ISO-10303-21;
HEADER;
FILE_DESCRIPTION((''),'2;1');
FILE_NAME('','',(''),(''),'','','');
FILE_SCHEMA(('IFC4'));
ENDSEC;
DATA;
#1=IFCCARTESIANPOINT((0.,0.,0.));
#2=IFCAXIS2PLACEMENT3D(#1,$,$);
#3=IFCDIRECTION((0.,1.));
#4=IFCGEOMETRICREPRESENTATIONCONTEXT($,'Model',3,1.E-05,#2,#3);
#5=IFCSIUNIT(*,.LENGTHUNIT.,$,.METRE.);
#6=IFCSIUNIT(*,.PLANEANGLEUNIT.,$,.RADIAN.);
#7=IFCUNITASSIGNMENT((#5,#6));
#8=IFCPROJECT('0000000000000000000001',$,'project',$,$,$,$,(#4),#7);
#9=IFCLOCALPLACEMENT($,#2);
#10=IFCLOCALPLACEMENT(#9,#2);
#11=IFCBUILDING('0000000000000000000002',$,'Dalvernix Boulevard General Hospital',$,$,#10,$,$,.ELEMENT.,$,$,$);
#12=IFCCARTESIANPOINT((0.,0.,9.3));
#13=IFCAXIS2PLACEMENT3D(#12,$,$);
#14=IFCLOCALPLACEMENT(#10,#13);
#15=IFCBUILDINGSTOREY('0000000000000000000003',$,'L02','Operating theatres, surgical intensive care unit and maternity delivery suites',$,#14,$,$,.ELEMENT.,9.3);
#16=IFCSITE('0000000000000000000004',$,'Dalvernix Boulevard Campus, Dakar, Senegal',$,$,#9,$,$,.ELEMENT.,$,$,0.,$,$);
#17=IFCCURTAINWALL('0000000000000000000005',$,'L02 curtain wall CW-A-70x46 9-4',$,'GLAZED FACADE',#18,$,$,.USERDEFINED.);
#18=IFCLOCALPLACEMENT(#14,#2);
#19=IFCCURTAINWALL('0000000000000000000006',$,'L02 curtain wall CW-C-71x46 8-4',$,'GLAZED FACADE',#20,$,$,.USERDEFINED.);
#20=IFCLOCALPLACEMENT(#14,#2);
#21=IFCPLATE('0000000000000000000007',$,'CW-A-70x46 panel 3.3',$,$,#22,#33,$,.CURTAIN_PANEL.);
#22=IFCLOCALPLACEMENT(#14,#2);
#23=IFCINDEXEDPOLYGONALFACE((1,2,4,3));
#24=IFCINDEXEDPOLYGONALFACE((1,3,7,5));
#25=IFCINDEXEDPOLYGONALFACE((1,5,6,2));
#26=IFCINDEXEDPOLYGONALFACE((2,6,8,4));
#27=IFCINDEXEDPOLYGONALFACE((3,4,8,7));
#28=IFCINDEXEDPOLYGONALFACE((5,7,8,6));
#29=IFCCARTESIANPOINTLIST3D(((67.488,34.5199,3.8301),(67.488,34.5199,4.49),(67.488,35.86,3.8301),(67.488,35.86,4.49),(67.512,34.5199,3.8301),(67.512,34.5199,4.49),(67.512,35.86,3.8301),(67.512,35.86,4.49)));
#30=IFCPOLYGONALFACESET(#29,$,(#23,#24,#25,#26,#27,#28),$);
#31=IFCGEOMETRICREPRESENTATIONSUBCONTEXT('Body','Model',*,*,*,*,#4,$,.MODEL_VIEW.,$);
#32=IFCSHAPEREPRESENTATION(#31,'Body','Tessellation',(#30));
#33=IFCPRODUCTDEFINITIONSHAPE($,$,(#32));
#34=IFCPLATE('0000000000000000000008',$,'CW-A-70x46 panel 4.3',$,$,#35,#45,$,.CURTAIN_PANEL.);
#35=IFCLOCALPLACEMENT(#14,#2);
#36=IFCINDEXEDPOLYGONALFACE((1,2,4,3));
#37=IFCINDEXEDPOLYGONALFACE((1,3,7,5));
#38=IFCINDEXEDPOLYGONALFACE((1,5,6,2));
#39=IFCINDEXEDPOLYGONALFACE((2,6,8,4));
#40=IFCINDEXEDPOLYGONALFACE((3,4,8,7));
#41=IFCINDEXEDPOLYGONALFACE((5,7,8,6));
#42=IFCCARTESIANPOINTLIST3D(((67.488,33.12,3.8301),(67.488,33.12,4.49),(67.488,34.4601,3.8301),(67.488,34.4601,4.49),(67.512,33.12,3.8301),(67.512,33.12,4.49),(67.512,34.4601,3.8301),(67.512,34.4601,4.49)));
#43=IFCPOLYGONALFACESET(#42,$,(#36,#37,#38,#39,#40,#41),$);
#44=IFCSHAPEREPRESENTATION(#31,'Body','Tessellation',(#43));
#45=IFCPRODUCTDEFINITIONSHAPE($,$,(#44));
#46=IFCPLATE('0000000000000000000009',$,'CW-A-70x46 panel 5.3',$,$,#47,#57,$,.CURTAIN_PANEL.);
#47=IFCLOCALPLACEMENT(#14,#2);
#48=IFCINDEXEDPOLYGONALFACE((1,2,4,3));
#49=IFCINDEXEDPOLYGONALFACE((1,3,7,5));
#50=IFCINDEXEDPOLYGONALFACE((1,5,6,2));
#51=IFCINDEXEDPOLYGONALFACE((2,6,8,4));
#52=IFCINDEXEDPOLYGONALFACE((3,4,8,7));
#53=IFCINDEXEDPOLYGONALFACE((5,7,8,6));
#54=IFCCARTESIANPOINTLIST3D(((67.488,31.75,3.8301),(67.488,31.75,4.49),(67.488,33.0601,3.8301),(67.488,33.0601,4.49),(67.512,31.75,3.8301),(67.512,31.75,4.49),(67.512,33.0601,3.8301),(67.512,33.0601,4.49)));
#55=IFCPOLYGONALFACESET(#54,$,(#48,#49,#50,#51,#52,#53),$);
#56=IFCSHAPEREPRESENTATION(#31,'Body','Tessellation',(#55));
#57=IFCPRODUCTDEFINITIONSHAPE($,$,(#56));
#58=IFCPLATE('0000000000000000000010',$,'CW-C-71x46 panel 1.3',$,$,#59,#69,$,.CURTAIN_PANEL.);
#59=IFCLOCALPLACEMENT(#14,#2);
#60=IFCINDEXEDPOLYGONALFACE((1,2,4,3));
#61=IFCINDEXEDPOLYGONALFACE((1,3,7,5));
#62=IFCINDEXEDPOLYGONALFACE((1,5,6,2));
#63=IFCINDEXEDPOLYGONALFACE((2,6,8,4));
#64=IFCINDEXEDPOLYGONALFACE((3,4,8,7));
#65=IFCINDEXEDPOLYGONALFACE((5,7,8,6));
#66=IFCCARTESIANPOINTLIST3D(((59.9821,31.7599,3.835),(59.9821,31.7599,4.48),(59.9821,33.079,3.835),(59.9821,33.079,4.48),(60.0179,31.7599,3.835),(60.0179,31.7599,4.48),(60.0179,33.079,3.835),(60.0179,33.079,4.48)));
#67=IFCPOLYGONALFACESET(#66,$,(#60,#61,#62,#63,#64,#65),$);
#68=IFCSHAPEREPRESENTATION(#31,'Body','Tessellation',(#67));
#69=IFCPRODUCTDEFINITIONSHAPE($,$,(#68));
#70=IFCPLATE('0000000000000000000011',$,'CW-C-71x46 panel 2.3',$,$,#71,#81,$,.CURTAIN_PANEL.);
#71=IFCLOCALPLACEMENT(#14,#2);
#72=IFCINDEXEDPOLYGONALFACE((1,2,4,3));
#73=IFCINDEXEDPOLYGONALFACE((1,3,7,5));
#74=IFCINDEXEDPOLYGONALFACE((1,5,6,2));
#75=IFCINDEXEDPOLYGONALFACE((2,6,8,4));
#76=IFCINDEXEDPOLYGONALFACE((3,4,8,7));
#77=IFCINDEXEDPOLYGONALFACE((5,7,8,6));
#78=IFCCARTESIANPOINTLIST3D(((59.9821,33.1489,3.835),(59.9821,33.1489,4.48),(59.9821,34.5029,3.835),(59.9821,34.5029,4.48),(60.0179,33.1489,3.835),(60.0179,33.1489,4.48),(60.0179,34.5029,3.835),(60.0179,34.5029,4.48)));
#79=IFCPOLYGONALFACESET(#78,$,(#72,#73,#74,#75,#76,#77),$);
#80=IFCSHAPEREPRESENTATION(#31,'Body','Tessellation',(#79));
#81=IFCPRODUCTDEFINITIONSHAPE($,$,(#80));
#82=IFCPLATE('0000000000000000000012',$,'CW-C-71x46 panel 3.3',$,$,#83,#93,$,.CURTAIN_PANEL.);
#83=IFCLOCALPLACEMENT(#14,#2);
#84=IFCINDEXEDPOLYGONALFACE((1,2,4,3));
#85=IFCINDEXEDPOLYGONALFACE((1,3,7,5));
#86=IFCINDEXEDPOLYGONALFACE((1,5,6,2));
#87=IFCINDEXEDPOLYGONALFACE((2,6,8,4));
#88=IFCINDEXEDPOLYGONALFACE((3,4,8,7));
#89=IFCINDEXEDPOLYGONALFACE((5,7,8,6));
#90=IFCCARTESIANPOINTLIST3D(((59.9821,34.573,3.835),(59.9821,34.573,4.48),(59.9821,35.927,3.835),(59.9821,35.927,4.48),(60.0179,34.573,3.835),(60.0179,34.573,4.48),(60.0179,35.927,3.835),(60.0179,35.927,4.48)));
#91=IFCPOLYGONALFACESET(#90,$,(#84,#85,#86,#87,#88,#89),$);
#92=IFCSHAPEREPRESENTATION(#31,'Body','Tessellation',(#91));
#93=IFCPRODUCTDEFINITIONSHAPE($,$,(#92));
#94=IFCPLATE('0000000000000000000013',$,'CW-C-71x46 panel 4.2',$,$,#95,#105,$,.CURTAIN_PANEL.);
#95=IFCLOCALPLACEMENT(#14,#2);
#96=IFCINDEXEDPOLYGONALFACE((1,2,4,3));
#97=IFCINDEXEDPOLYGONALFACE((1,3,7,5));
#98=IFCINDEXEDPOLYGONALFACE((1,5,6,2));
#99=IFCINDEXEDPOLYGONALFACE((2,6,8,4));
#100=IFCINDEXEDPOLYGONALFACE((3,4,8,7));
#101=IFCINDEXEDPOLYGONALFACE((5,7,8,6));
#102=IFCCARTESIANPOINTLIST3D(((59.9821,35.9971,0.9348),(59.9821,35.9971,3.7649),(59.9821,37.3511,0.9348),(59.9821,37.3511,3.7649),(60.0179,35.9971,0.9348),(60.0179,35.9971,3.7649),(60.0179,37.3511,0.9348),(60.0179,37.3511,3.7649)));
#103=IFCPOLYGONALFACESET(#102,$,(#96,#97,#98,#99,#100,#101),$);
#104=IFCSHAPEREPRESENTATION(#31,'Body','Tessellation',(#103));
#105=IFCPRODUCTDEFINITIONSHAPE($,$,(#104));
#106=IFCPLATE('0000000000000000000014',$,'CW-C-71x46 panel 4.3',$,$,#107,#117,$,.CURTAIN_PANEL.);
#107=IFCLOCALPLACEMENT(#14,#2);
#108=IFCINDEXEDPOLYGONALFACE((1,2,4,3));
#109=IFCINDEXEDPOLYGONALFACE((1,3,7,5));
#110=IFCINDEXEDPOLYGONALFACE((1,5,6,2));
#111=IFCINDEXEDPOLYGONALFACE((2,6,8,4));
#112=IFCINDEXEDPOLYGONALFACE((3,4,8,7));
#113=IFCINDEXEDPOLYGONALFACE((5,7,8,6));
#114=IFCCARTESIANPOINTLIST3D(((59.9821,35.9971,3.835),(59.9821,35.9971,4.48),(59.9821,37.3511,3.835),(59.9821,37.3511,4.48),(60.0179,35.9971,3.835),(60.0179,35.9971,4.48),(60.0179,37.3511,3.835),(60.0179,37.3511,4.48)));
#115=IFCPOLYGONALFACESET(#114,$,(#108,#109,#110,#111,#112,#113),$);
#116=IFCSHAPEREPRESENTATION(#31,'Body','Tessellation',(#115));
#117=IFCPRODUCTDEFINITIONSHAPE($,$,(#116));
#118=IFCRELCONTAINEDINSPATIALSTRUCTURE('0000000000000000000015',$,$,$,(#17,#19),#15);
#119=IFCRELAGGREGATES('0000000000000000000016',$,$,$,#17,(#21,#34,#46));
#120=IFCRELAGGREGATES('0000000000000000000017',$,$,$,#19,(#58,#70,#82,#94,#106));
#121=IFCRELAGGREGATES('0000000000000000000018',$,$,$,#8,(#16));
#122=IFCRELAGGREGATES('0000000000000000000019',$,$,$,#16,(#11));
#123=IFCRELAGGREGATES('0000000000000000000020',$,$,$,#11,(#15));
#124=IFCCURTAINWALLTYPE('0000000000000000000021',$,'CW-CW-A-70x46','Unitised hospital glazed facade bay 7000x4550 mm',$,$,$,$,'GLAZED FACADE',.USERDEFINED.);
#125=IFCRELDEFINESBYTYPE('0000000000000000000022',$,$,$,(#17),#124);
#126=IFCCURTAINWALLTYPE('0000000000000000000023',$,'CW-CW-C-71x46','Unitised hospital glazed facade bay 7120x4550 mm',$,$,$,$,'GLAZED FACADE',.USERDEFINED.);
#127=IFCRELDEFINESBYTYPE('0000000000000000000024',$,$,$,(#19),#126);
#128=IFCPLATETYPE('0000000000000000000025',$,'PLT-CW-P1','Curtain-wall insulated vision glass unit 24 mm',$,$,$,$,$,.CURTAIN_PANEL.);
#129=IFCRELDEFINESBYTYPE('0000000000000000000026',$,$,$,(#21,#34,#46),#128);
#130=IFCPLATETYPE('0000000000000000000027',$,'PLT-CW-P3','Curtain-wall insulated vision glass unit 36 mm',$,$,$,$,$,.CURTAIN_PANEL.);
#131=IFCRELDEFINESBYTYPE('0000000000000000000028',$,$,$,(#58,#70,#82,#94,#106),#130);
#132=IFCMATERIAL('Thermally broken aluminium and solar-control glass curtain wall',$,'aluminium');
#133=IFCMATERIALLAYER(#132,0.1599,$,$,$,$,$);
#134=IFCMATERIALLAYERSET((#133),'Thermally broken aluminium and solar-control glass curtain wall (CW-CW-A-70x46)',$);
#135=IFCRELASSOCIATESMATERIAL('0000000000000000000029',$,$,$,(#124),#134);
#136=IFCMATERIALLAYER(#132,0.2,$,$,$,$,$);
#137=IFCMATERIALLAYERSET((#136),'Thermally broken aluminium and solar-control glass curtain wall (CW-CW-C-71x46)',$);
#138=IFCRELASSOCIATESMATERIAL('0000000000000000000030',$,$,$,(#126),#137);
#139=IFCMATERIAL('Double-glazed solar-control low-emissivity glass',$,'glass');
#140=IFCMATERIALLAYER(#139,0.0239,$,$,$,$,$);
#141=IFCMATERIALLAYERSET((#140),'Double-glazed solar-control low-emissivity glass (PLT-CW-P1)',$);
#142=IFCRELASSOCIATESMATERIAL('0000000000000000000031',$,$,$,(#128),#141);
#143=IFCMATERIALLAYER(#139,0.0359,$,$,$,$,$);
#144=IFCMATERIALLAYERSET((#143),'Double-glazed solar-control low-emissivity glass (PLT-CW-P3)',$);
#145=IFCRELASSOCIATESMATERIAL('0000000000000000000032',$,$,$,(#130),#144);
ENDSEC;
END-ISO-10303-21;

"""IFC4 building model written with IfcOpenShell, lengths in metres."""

from ifc_helpers import new_model, si_unit, direction, frame, origin, origin_2d, place, context, subcontext, project, spatial, rectangle, extrude, material, layer, layer_set, type_object, element, aggregate, save


model = new_model("IFC4")

# Units and contexts
model_context = context("Model", 3, precision=1e-05, world=origin(), true_north=direction((0.0, 1.0)))
body_context = subcontext(model_context, "Body", "Model", "MODEL_VIEW")
ifc_project = project(units=[si_unit("LENGTHUNIT", "METRE"), si_unit("PLANEANGLEUNIT", "RADIAN")], contexts=[model_context])

# Site, building, storey
site_placement = place(None, origin())
site = spatial("IfcSite", under=ifc_project, at=site_placement, Name="Dalvernix Boulevard Campus, Dakar, Senegal", CompositionType="ELEMENT", RefElevation=0.0)
building_placement = place(site_placement, origin())
building = spatial("IfcBuilding", under=site, at=building_placement, Name="Dalvernix Boulevard General Hospital", CompositionType="ELEMENT")
storey_placement = place(building_placement, frame((0.0, 0.0, 9.3)))
storey = spatial("IfcBuildingStorey", under=building, at=storey_placement, Name="L02", Description="Operating theatres, surgical intensive care unit and maternity delivery suites", CompositionType="ELEMENT", Elevation=9.3)

# Curtain walls
ifc_material_1 = material(Name="Thermally broken aluminium and solar-control glass curtain wall", Category="aluminium")
ifc_layer_1 = layer(ifc_material_1, 0.1599)
ifc_layer_set_1 = layer_set([ifc_layer_1], Name="Thermally broken aluminium and solar-control glass curtain wall (CW-CW-A-70x46)")
curtain_wall_type_1 = type_object("IfcCurtainWallType", Name="CW-CW-A-70x46", Description="Unitised hospital glazed facade bay 7000x4550 mm", ElementType="GLAZED FACADE", PredefinedType="USERDEFINED", material=ifc_layer_set_1)
curtain_wall_1_placement = place(storey_placement, origin())
curtain_wall_1 = element("IfcCurtainWall", 1, at=curtain_wall_1_placement, inside=storey, type_object=curtain_wall_type_1, Name="L02 curtain wall CW-A-70x46 9-4", ObjectType="GLAZED FACADE", PredefinedType="USERDEFINED")
ifc_layer_2 = layer(ifc_material_1, 0.2)
ifc_layer_set_2 = layer_set([ifc_layer_2], Name="Thermally broken aluminium and solar-control glass curtain wall (CW-CW-C-71x46)")
curtain_wall_type_2 = type_object("IfcCurtainWallType", Name="CW-CW-C-71x46", Description="Unitised hospital glazed facade bay 7120x4550 mm", ElementType="GLAZED FACADE", PredefinedType="USERDEFINED", material=ifc_layer_set_2)
curtain_wall_2_placement = place(storey_placement, origin())
curtain_wall_2 = element("IfcCurtainWall", 2, at=curtain_wall_2_placement, inside=storey, type_object=curtain_wall_type_2, Name="L02 curtain wall CW-C-71x46 8-4", ObjectType="GLAZED FACADE", PredefinedType="USERDEFINED")

# Plates
ifc_material_2 = material(Name="Double-glazed solar-control low-emissivity glass", Category="glass")
ifc_layer_3 = layer(ifc_material_2, 0.0239)
ifc_layer_set_3 = layer_set([ifc_layer_3], Name="Double-glazed solar-control low-emissivity glass (PLT-CW-P1)")
plate_type_1 = type_object("IfcPlateType", Name="PLT-CW-P1", Description="Curtain-wall insulated vision glass unit 24 mm", PredefinedType="CURTAIN_PANEL", material=ifc_layer_set_3)
plate_1_placement = place(storey_placement, frame((67.5, 35.1899, 3.8301), z_axis=(0.0, 0.0, 1.0), x_axis=(0.0, -1.0, 0.0)))
plate_1 = element("IfcPlate", 3, at=plate_1_placement, type_object=plate_type_1, Name="CW-A-70x46 panel 3.3", PredefinedType="CURTAIN_PANEL", context=body_context, shape_type="SweptSolid", body=[
    extrude(rectangle(XDim=1.3401, YDim=0.0239, at=origin_2d()), origin(), (0.0, 0.0, 1.0), 0.6599),
])
plate_2_placement = place(storey_placement, frame((67.5, 33.79, 3.8301), z_axis=(0.0, 0.0, 1.0), x_axis=(0.0, -1.0, 0.0)))
plate_2 = element("IfcPlate", 4, at=plate_2_placement, type_object=plate_type_1, Name="CW-A-70x46 panel 4.3", PredefinedType="CURTAIN_PANEL", context=body_context, shape_type="SweptSolid", body=[
    extrude(rectangle(XDim=1.3401, YDim=0.0239, at=origin_2d()), origin(), (0.0, 0.0, 1.0), 0.6599),
])
plate_3_placement = place(storey_placement, frame((67.5, 32.405, 3.8301), z_axis=(0.0, 0.0, 1.0), x_axis=(0.0, -1.0, 0.0)))
plate_3 = element("IfcPlate", 5, at=plate_3_placement, type_object=plate_type_1, Name="CW-A-70x46 panel 5.3", PredefinedType="CURTAIN_PANEL", context=body_context, shape_type="SweptSolid", body=[
    extrude(rectangle(XDim=1.3101, YDim=0.0239, at=origin_2d()), origin(), (0.0, 0.0, 1.0), 0.6599),
])
aggregate(curtain_wall_1, [plate_1, plate_2, plate_3])
ifc_layer_4 = layer(ifc_material_2, 0.0359)
ifc_layer_set_4 = layer_set([ifc_layer_4], Name="Double-glazed solar-control low-emissivity glass (PLT-CW-P3)")
plate_type_2 = type_object("IfcPlateType", Name="PLT-CW-P3", Description="Curtain-wall insulated vision glass unit 36 mm", PredefinedType="CURTAIN_PANEL", material=ifc_layer_set_4)
plate_4_placement = place(storey_placement, frame((60.0, 32.4194, 3.835), z_axis=(0.0, 0.0, 1.0), x_axis=(0.0, 1.0, 0.0)))
plate_4 = element("IfcPlate", 6, at=plate_4_placement, type_object=plate_type_2, Name="CW-C-71x46 panel 1.3", PredefinedType="CURTAIN_PANEL", context=body_context, shape_type="SweptSolid", body=[
    extrude(rectangle(XDim=1.3191, YDim=0.0359, at=origin_2d()), origin(), (0.0, 0.0, 1.0), 0.645),
])
plate_5_placement = place(storey_placement, frame((60.0, 33.8259, 3.835), z_axis=(0.0, 0.0, 1.0), x_axis=(0.0, 1.0, 0.0)))
plate_5 = element("IfcPlate", 7, at=plate_5_placement, type_object=plate_type_2, Name="CW-C-71x46 panel 2.3", PredefinedType="CURTAIN_PANEL", context=body_context, shape_type="SweptSolid", body=[
    extrude(rectangle(XDim=1.354, YDim=0.0359, at=origin_2d()), origin(), (0.0, 0.0, 1.0), 0.645),
])
plate_6_placement = place(storey_placement, frame((60.0, 35.25, 3.835), z_axis=(0.0, 0.0, 1.0), x_axis=(0.0, 1.0, 0.0)))
plate_6 = element("IfcPlate", 8, at=plate_6_placement, type_object=plate_type_2, Name="CW-C-71x46 panel 3.3", PredefinedType="CURTAIN_PANEL", context=body_context, shape_type="SweptSolid", body=[
    extrude(rectangle(XDim=1.354, YDim=0.0359, at=origin_2d()), origin(), (0.0, 0.0, 1.0), 0.645),
])
plate_7_placement = place(storey_placement, frame((60.0, 36.6741, 0.9348), z_axis=(0.0, 0.0, 1.0), x_axis=(0.0, 1.0, 0.0)))
plate_7 = element("IfcPlate", 9, at=plate_7_placement, type_object=plate_type_2, Name="CW-C-71x46 panel 4.2", PredefinedType="CURTAIN_PANEL", context=body_context, shape_type="SweptSolid", body=[
    extrude(rectangle(XDim=1.354, YDim=0.0359, at=origin_2d()), origin(), (0.0, 0.0, 1.0), 2.8301),
])
plate_8_placement = place(storey_placement, frame((60.0, 36.6741, 3.835), z_axis=(0.0, 0.0, 1.0), x_axis=(0.0, 1.0, 0.0)))
plate_8 = element("IfcPlate", 10, at=plate_8_placement, type_object=plate_type_2, Name="CW-C-71x46 panel 4.3", PredefinedType="CURTAIN_PANEL", context=body_context, shape_type="SweptSolid", body=[
    extrude(rectangle(XDim=1.354, YDim=0.0359, at=origin_2d()), origin(), (0.0, 0.0, 1.0), 0.645),
])
aggregate(curtain_wall_2, [plate_4, plate_5, plate_6, plate_7, plate_8])

save(model, "model.ifc")
